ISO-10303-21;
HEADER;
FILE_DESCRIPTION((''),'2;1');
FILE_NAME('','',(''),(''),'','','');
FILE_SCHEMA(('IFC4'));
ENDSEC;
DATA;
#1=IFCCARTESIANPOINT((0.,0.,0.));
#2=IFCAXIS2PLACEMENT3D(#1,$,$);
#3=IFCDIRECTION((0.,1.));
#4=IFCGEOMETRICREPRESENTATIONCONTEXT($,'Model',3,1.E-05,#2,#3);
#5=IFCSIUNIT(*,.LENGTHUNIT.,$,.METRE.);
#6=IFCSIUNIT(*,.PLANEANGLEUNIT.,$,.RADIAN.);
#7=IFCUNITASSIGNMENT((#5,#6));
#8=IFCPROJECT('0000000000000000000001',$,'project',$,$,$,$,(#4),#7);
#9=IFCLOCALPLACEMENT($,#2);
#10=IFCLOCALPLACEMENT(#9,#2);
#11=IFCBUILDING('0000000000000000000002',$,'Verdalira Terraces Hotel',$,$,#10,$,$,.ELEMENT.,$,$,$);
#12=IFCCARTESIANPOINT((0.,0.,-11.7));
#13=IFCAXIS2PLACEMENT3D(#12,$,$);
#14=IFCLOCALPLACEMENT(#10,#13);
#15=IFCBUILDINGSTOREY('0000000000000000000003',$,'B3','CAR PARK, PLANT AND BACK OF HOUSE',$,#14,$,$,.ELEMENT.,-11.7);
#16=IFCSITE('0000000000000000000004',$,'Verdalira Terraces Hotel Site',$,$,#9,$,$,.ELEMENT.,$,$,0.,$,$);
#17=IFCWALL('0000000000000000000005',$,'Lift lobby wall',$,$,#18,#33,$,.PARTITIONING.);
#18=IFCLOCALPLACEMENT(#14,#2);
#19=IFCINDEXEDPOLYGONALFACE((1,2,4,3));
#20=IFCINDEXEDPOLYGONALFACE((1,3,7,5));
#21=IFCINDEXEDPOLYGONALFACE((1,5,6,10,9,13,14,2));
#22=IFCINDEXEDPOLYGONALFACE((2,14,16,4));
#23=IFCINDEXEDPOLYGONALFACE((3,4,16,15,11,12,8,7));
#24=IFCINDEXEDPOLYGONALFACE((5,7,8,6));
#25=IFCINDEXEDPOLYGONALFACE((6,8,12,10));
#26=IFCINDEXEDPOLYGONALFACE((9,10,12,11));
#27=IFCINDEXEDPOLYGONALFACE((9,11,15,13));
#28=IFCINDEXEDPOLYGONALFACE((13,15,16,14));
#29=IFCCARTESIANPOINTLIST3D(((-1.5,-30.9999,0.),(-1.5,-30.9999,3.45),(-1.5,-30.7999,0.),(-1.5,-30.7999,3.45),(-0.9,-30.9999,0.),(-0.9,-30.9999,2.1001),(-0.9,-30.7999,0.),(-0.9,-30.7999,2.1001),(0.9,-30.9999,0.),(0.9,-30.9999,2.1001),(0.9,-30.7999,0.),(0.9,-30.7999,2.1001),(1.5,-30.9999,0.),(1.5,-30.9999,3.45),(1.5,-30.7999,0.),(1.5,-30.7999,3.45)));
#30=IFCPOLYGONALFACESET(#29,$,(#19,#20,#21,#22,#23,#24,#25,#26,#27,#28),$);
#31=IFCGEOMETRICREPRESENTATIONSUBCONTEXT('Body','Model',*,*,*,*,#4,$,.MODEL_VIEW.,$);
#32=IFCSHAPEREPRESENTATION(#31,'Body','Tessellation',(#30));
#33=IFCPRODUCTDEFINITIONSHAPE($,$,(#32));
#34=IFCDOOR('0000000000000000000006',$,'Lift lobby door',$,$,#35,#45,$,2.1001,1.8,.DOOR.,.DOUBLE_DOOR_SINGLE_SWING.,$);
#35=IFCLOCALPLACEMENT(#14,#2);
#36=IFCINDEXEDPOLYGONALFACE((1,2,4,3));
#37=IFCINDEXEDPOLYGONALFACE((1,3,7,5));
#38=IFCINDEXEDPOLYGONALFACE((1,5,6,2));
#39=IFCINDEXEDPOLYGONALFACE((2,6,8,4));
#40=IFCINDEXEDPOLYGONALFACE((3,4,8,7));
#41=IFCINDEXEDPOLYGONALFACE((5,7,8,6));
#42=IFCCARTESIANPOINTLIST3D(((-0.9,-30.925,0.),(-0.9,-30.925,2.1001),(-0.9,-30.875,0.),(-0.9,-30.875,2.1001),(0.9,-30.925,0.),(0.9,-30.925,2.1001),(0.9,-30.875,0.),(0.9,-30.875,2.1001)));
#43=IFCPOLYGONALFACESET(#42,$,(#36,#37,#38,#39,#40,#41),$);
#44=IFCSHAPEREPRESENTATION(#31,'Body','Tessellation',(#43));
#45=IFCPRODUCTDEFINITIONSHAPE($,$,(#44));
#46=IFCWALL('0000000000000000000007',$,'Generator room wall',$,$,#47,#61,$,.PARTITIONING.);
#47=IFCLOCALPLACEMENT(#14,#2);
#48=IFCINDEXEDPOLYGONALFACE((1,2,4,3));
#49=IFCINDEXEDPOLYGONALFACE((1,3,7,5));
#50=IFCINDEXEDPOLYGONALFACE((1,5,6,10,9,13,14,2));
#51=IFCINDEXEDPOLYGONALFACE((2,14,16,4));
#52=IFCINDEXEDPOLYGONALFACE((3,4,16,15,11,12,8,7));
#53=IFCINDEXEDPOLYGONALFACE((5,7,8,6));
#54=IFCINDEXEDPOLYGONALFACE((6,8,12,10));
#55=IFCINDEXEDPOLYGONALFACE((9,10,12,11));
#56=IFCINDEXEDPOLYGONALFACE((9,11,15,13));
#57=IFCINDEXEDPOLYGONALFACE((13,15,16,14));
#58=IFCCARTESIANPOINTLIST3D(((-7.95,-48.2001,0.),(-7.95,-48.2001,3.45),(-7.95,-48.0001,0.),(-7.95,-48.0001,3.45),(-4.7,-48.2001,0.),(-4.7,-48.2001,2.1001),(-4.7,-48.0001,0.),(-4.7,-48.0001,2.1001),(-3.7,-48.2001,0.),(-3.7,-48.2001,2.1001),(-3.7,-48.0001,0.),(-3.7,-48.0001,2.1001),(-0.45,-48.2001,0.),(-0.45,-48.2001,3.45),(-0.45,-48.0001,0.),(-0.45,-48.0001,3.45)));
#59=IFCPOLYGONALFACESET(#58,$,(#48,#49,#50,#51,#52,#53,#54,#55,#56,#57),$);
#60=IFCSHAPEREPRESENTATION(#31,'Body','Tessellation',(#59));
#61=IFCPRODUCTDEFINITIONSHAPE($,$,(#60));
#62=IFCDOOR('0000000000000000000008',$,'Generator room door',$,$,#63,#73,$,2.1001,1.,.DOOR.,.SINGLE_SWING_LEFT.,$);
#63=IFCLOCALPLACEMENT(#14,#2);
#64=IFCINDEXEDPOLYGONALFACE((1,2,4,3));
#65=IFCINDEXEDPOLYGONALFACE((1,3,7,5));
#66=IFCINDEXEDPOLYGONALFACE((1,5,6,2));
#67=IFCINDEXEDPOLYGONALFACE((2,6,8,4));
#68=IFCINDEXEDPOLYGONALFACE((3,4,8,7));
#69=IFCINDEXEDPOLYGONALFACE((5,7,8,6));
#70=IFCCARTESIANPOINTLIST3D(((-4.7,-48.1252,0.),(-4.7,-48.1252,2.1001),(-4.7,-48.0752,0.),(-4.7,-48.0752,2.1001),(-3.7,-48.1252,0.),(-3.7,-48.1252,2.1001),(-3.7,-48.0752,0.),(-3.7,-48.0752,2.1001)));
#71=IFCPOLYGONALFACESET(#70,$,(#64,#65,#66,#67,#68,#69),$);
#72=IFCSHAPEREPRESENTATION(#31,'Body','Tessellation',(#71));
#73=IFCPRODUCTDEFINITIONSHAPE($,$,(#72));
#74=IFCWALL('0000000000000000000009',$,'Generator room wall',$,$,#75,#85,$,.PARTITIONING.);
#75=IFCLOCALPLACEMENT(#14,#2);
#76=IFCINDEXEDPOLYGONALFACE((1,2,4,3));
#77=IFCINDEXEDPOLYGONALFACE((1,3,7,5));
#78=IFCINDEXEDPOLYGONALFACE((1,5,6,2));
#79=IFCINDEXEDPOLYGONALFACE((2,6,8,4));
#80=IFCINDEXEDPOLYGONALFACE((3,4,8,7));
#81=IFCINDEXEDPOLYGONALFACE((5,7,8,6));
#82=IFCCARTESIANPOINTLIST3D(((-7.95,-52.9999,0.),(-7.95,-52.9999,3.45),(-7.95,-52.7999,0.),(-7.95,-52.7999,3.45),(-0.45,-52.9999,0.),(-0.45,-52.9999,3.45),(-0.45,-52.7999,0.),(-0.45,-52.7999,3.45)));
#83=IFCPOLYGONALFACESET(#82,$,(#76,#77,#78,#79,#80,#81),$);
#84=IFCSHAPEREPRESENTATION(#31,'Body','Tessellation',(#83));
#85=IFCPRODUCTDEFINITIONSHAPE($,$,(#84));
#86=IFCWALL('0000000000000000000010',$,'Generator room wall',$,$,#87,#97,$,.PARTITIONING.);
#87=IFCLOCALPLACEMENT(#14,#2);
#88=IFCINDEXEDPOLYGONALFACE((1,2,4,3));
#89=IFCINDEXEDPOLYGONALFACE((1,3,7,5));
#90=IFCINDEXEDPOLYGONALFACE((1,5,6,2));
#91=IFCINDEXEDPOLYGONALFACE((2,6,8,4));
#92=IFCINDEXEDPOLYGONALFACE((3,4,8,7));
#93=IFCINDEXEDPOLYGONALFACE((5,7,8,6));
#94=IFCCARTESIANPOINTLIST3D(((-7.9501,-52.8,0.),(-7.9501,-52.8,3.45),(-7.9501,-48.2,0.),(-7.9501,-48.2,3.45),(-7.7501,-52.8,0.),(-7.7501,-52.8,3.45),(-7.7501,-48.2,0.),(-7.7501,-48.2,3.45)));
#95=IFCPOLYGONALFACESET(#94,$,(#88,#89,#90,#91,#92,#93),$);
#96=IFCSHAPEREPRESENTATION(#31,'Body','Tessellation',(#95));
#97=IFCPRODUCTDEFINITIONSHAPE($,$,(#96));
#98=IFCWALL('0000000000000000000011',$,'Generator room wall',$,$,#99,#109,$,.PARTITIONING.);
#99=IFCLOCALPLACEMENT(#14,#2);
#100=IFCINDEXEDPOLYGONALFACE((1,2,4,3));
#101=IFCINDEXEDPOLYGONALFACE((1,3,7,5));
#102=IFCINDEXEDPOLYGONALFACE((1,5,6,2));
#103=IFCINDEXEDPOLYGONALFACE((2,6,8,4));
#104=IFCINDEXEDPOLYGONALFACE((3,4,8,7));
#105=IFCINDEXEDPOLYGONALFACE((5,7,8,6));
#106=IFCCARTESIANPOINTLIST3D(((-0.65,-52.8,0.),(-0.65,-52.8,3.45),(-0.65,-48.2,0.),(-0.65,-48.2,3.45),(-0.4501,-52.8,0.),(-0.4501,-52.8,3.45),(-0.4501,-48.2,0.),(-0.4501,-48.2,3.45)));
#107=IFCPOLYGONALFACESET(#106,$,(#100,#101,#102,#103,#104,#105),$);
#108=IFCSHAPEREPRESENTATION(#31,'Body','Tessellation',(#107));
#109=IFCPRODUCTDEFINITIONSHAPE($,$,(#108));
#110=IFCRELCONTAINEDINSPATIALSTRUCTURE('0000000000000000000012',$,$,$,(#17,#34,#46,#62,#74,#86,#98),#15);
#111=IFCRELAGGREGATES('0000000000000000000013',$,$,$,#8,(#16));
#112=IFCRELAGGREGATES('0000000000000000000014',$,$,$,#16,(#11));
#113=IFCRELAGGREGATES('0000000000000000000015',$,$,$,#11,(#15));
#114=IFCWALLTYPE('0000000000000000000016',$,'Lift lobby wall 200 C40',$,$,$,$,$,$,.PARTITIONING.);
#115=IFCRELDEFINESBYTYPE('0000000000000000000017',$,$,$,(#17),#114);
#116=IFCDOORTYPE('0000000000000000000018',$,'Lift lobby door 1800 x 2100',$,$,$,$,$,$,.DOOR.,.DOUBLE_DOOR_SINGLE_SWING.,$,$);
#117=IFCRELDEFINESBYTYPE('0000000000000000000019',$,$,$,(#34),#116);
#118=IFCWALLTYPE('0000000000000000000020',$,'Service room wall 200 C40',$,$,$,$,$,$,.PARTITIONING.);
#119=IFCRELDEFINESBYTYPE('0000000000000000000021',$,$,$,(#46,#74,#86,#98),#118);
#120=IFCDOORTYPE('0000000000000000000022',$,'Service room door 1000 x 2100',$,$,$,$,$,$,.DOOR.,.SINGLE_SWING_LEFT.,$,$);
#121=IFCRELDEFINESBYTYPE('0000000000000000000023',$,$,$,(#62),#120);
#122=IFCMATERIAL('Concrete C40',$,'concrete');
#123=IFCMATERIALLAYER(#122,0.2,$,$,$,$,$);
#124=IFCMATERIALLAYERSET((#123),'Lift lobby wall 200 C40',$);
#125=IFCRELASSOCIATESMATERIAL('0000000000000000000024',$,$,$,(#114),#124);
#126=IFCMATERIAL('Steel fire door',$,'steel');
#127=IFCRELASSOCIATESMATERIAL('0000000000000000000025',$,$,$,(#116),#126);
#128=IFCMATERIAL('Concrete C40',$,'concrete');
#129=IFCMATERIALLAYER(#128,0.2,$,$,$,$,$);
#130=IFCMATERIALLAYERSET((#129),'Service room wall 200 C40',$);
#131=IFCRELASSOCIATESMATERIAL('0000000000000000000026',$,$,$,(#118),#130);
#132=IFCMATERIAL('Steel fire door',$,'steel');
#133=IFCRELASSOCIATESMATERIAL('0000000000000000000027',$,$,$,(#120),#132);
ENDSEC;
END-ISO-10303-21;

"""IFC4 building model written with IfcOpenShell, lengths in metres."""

from ifc_helpers import new_model, si_unit, direction, frame, frame_2d, origin, place, context, subcontext, project, spatial, rectangle, extrude, material, layer, layer_set, type_object, element, fill, save


model = new_model("IFC4")

# Units and contexts
model_context = context("Model", 3, precision=1e-05, world=origin(), true_north=direction((0.0, 1.0)))
body_context = subcontext(model_context, "Body", "Model", "MODEL_VIEW")
ifc_project = project(units=[si_unit("LENGTHUNIT", "METRE"), si_unit("PLANEANGLEUNIT", "RADIAN")], contexts=[model_context])

# Site, building, storey
site_placement = place(None, origin())
site = spatial("IfcSite", under=ifc_project, at=site_placement, Name="Verdalira Terraces Hotel Site", CompositionType="ELEMENT", RefElevation=0.0)
building_placement = place(site_placement, origin())
building = spatial("IfcBuilding", under=site, at=building_placement, Name="Verdalira Terraces Hotel", CompositionType="ELEMENT")
storey_placement = place(building_placement, frame((0.0, 0.0, -11.7)))
storey = spatial("IfcBuildingStorey", under=building, at=storey_placement, Name="B3", Description="CAR PARK, PLANT AND BACK OF HOUSE", CompositionType="ELEMENT", Elevation=-11.7)

# Shared definitions
ifc_material_1 = material(Name="Concrete C40", Category="concrete")
ifc_layer_1 = layer(ifc_material_1, 0.2)
ifc_layer_set_1 = layer_set([ifc_layer_1], Name="Lift lobby wall 200 C40")
wall_type_1 = type_object("IfcWallType", Name="Lift lobby wall 200 C40", PredefinedType="PARTITIONING", material=ifc_layer_set_1)

# Walls, openings, doors
wall_1_placement = place(storey_placement, frame((-1.5, -30.8999, 0.0), z_axis=(0.0, 0.0, 1.0), x_axis=(1.0, 0.0, 0.0)))
wall_1 = element("IfcWall", 1, at=wall_1_placement, inside=storey, type_object=wall_type_1, Name="Lift lobby wall", PredefinedType="PARTITIONING", context=body_context, shape_type="SweptSolid", body=[
    extrude(rectangle(XDim=3.0, YDim=0.2, at=frame_2d((1.5, 0.0))), origin(), (0.0, 0.0, 1.0), 3.45),
])
opening_1_placement = place(wall_1_placement, frame((0.6001, 0.0, 0.0)))
opening_1 = element("IfcOpeningElement", 2, at=opening_1_placement, cuts=wall_1, PredefinedType="OPENING", context=body_context, shape_type="SweptSolid", body=[
    extrude(rectangle(XDim=1.8, YDim=2.1001, at=frame_2d((0.8999, 1.05))), frame((0.0, 0.1099, 0.0), z_axis=(0.0, -1.0, 0.0), x_axis=(1.0, 0.0, 0.0)), (0.0, 0.0, 1.0), 0.22),
])
ifc_material_2 = material(Name="Steel fire door", Category="steel")
door_type_1 = type_object("IfcDoorType", Name="Lift lobby door 1800 x 2100", OperationType="DOUBLE_DOOR_SINGLE_SWING", PredefinedType="DOOR", material=ifc_material_2)
door_1_placement = place(opening_1_placement, origin())
door_1 = element("IfcDoor", 3, at=door_1_placement, inside=storey, type_object=door_type_1, Name="Lift lobby door", OperationType="DOUBLE_DOOR_SINGLE_SWING", OverallHeight=2.1001, OverallWidth=1.8, PredefinedType="DOOR", context=body_context, shape_type="SweptSolid", body=[
    extrude(rectangle(XDim=1.8, YDim=2.1001, at=frame_2d((0.8999, 1.05))), frame((0.0, 0.0249, 0.0), z_axis=(0.0, -1.0, 0.0), x_axis=(1.0, 0.0, 0.0)), (0.0, 0.0, 1.0), 0.05),
])
fill(opening_1, door_1)
ifc_material_3 = material(Name="Concrete C40", Category="concrete")
ifc_layer_2 = layer(ifc_material_3, 0.2)
ifc_layer_set_2 = layer_set([ifc_layer_2], Name="Service room wall 200 C40")
wall_type_2 = type_object("IfcWallType", Name="Service room wall 200 C40", PredefinedType="PARTITIONING", material=ifc_layer_set_2)
wall_2_placement = place(storey_placement, frame((-7.95, -48.1001, 0.0), z_axis=(0.0, 0.0, 1.0), x_axis=(1.0, 0.0, 0.0)))
wall_2 = element("IfcWall", 4, at=wall_2_placement, inside=storey, type_object=wall_type_2, Name="Generator room wall", PredefinedType="PARTITIONING", context=body_context, shape_type="SweptSolid", body=[
    extrude(rectangle(XDim=7.5, YDim=0.2, at=frame_2d((3.75, 0.0))), origin(), (0.0, 0.0, 1.0), 3.45),
])
opening_2_placement = place(wall_2_placement, frame((3.25, 0.0, 0.0)))
opening_2 = element("IfcOpeningElement", 5, at=opening_2_placement, cuts=wall_2, PredefinedType="OPENING", context=body_context, shape_type="SweptSolid", body=[
    extrude(rectangle(XDim=1.0, YDim=2.1001, at=frame_2d((0.5, 1.05))), frame((0.0, 0.1099, 0.0), z_axis=(0.0, -1.0, 0.0), x_axis=(1.0, 0.0, 0.0)), (0.0, 0.0, 1.0), 0.22),
])
ifc_material_4 = material(Name="Steel fire door", Category="steel")
door_type_2 = type_object("IfcDoorType", Name="Service room door 1000 x 2100", OperationType="SINGLE_SWING_LEFT", PredefinedType="DOOR", material=ifc_material_4)
door_2_placement = place(opening_2_placement, origin())
door_2 = element("IfcDoor", 6, at=door_2_placement, inside=storey, type_object=door_type_2, Name="Generator room door", OperationType="SINGLE_SWING_LEFT", OverallHeight=2.1001, OverallWidth=1.0, PredefinedType="DOOR", context=body_context, shape_type="SweptSolid", body=[
    extrude(rectangle(XDim=1.0, YDim=2.1001, at=frame_2d((0.5, 1.05))), frame((0.0, 0.0249, 0.0), z_axis=(0.0, -1.0, 0.0), x_axis=(1.0, 0.0, 0.0)), (0.0, 0.0, 1.0), 0.05),
])
fill(opening_2, door_2)

# Walls
wall_3_placement = place(storey_placement, frame((-7.95, -52.8999, 0.0), z_axis=(0.0, 0.0, 1.0), x_axis=(1.0, 0.0, 0.0)))
element("IfcWall", 7, at=wall_3_placement, inside=storey, type_object=wall_type_2, Name="Generator room wall", PredefinedType="PARTITIONING", context=body_context, shape_type="SweptSolid", body=[
    extrude(rectangle(XDim=7.5, YDim=0.2, at=frame_2d((3.75, 0.0))), origin(), (0.0, 0.0, 1.0), 3.45),
])
for number, where, z_axis, x_axis, name in (
    (8, (-7.8501, -52.8, 0.0), (0.0, 0.0, 1.0), (0.0, 1.0, 0.0), "Generator room wall"),
    (9, (-0.55, -52.8, 0.0), (0.0, 0.0, 1.0), (0.0, 1.0, 0.0), "Generator room wall"),
):
    element("IfcWall", number, at=place(storey_placement, frame(where, z_axis=z_axis, x_axis=x_axis)), inside=storey, type_object=wall_type_2, Name=name, PredefinedType="PARTITIONING", context=body_context, shape_type="SweptSolid", body=[
        extrude(rectangle(XDim=4.6001, YDim=0.2, at=frame_2d((2.3, 0.0))), origin(), (0.0, 0.0, 1.0), 3.45),
    ])

save(model, "model.ifc")
